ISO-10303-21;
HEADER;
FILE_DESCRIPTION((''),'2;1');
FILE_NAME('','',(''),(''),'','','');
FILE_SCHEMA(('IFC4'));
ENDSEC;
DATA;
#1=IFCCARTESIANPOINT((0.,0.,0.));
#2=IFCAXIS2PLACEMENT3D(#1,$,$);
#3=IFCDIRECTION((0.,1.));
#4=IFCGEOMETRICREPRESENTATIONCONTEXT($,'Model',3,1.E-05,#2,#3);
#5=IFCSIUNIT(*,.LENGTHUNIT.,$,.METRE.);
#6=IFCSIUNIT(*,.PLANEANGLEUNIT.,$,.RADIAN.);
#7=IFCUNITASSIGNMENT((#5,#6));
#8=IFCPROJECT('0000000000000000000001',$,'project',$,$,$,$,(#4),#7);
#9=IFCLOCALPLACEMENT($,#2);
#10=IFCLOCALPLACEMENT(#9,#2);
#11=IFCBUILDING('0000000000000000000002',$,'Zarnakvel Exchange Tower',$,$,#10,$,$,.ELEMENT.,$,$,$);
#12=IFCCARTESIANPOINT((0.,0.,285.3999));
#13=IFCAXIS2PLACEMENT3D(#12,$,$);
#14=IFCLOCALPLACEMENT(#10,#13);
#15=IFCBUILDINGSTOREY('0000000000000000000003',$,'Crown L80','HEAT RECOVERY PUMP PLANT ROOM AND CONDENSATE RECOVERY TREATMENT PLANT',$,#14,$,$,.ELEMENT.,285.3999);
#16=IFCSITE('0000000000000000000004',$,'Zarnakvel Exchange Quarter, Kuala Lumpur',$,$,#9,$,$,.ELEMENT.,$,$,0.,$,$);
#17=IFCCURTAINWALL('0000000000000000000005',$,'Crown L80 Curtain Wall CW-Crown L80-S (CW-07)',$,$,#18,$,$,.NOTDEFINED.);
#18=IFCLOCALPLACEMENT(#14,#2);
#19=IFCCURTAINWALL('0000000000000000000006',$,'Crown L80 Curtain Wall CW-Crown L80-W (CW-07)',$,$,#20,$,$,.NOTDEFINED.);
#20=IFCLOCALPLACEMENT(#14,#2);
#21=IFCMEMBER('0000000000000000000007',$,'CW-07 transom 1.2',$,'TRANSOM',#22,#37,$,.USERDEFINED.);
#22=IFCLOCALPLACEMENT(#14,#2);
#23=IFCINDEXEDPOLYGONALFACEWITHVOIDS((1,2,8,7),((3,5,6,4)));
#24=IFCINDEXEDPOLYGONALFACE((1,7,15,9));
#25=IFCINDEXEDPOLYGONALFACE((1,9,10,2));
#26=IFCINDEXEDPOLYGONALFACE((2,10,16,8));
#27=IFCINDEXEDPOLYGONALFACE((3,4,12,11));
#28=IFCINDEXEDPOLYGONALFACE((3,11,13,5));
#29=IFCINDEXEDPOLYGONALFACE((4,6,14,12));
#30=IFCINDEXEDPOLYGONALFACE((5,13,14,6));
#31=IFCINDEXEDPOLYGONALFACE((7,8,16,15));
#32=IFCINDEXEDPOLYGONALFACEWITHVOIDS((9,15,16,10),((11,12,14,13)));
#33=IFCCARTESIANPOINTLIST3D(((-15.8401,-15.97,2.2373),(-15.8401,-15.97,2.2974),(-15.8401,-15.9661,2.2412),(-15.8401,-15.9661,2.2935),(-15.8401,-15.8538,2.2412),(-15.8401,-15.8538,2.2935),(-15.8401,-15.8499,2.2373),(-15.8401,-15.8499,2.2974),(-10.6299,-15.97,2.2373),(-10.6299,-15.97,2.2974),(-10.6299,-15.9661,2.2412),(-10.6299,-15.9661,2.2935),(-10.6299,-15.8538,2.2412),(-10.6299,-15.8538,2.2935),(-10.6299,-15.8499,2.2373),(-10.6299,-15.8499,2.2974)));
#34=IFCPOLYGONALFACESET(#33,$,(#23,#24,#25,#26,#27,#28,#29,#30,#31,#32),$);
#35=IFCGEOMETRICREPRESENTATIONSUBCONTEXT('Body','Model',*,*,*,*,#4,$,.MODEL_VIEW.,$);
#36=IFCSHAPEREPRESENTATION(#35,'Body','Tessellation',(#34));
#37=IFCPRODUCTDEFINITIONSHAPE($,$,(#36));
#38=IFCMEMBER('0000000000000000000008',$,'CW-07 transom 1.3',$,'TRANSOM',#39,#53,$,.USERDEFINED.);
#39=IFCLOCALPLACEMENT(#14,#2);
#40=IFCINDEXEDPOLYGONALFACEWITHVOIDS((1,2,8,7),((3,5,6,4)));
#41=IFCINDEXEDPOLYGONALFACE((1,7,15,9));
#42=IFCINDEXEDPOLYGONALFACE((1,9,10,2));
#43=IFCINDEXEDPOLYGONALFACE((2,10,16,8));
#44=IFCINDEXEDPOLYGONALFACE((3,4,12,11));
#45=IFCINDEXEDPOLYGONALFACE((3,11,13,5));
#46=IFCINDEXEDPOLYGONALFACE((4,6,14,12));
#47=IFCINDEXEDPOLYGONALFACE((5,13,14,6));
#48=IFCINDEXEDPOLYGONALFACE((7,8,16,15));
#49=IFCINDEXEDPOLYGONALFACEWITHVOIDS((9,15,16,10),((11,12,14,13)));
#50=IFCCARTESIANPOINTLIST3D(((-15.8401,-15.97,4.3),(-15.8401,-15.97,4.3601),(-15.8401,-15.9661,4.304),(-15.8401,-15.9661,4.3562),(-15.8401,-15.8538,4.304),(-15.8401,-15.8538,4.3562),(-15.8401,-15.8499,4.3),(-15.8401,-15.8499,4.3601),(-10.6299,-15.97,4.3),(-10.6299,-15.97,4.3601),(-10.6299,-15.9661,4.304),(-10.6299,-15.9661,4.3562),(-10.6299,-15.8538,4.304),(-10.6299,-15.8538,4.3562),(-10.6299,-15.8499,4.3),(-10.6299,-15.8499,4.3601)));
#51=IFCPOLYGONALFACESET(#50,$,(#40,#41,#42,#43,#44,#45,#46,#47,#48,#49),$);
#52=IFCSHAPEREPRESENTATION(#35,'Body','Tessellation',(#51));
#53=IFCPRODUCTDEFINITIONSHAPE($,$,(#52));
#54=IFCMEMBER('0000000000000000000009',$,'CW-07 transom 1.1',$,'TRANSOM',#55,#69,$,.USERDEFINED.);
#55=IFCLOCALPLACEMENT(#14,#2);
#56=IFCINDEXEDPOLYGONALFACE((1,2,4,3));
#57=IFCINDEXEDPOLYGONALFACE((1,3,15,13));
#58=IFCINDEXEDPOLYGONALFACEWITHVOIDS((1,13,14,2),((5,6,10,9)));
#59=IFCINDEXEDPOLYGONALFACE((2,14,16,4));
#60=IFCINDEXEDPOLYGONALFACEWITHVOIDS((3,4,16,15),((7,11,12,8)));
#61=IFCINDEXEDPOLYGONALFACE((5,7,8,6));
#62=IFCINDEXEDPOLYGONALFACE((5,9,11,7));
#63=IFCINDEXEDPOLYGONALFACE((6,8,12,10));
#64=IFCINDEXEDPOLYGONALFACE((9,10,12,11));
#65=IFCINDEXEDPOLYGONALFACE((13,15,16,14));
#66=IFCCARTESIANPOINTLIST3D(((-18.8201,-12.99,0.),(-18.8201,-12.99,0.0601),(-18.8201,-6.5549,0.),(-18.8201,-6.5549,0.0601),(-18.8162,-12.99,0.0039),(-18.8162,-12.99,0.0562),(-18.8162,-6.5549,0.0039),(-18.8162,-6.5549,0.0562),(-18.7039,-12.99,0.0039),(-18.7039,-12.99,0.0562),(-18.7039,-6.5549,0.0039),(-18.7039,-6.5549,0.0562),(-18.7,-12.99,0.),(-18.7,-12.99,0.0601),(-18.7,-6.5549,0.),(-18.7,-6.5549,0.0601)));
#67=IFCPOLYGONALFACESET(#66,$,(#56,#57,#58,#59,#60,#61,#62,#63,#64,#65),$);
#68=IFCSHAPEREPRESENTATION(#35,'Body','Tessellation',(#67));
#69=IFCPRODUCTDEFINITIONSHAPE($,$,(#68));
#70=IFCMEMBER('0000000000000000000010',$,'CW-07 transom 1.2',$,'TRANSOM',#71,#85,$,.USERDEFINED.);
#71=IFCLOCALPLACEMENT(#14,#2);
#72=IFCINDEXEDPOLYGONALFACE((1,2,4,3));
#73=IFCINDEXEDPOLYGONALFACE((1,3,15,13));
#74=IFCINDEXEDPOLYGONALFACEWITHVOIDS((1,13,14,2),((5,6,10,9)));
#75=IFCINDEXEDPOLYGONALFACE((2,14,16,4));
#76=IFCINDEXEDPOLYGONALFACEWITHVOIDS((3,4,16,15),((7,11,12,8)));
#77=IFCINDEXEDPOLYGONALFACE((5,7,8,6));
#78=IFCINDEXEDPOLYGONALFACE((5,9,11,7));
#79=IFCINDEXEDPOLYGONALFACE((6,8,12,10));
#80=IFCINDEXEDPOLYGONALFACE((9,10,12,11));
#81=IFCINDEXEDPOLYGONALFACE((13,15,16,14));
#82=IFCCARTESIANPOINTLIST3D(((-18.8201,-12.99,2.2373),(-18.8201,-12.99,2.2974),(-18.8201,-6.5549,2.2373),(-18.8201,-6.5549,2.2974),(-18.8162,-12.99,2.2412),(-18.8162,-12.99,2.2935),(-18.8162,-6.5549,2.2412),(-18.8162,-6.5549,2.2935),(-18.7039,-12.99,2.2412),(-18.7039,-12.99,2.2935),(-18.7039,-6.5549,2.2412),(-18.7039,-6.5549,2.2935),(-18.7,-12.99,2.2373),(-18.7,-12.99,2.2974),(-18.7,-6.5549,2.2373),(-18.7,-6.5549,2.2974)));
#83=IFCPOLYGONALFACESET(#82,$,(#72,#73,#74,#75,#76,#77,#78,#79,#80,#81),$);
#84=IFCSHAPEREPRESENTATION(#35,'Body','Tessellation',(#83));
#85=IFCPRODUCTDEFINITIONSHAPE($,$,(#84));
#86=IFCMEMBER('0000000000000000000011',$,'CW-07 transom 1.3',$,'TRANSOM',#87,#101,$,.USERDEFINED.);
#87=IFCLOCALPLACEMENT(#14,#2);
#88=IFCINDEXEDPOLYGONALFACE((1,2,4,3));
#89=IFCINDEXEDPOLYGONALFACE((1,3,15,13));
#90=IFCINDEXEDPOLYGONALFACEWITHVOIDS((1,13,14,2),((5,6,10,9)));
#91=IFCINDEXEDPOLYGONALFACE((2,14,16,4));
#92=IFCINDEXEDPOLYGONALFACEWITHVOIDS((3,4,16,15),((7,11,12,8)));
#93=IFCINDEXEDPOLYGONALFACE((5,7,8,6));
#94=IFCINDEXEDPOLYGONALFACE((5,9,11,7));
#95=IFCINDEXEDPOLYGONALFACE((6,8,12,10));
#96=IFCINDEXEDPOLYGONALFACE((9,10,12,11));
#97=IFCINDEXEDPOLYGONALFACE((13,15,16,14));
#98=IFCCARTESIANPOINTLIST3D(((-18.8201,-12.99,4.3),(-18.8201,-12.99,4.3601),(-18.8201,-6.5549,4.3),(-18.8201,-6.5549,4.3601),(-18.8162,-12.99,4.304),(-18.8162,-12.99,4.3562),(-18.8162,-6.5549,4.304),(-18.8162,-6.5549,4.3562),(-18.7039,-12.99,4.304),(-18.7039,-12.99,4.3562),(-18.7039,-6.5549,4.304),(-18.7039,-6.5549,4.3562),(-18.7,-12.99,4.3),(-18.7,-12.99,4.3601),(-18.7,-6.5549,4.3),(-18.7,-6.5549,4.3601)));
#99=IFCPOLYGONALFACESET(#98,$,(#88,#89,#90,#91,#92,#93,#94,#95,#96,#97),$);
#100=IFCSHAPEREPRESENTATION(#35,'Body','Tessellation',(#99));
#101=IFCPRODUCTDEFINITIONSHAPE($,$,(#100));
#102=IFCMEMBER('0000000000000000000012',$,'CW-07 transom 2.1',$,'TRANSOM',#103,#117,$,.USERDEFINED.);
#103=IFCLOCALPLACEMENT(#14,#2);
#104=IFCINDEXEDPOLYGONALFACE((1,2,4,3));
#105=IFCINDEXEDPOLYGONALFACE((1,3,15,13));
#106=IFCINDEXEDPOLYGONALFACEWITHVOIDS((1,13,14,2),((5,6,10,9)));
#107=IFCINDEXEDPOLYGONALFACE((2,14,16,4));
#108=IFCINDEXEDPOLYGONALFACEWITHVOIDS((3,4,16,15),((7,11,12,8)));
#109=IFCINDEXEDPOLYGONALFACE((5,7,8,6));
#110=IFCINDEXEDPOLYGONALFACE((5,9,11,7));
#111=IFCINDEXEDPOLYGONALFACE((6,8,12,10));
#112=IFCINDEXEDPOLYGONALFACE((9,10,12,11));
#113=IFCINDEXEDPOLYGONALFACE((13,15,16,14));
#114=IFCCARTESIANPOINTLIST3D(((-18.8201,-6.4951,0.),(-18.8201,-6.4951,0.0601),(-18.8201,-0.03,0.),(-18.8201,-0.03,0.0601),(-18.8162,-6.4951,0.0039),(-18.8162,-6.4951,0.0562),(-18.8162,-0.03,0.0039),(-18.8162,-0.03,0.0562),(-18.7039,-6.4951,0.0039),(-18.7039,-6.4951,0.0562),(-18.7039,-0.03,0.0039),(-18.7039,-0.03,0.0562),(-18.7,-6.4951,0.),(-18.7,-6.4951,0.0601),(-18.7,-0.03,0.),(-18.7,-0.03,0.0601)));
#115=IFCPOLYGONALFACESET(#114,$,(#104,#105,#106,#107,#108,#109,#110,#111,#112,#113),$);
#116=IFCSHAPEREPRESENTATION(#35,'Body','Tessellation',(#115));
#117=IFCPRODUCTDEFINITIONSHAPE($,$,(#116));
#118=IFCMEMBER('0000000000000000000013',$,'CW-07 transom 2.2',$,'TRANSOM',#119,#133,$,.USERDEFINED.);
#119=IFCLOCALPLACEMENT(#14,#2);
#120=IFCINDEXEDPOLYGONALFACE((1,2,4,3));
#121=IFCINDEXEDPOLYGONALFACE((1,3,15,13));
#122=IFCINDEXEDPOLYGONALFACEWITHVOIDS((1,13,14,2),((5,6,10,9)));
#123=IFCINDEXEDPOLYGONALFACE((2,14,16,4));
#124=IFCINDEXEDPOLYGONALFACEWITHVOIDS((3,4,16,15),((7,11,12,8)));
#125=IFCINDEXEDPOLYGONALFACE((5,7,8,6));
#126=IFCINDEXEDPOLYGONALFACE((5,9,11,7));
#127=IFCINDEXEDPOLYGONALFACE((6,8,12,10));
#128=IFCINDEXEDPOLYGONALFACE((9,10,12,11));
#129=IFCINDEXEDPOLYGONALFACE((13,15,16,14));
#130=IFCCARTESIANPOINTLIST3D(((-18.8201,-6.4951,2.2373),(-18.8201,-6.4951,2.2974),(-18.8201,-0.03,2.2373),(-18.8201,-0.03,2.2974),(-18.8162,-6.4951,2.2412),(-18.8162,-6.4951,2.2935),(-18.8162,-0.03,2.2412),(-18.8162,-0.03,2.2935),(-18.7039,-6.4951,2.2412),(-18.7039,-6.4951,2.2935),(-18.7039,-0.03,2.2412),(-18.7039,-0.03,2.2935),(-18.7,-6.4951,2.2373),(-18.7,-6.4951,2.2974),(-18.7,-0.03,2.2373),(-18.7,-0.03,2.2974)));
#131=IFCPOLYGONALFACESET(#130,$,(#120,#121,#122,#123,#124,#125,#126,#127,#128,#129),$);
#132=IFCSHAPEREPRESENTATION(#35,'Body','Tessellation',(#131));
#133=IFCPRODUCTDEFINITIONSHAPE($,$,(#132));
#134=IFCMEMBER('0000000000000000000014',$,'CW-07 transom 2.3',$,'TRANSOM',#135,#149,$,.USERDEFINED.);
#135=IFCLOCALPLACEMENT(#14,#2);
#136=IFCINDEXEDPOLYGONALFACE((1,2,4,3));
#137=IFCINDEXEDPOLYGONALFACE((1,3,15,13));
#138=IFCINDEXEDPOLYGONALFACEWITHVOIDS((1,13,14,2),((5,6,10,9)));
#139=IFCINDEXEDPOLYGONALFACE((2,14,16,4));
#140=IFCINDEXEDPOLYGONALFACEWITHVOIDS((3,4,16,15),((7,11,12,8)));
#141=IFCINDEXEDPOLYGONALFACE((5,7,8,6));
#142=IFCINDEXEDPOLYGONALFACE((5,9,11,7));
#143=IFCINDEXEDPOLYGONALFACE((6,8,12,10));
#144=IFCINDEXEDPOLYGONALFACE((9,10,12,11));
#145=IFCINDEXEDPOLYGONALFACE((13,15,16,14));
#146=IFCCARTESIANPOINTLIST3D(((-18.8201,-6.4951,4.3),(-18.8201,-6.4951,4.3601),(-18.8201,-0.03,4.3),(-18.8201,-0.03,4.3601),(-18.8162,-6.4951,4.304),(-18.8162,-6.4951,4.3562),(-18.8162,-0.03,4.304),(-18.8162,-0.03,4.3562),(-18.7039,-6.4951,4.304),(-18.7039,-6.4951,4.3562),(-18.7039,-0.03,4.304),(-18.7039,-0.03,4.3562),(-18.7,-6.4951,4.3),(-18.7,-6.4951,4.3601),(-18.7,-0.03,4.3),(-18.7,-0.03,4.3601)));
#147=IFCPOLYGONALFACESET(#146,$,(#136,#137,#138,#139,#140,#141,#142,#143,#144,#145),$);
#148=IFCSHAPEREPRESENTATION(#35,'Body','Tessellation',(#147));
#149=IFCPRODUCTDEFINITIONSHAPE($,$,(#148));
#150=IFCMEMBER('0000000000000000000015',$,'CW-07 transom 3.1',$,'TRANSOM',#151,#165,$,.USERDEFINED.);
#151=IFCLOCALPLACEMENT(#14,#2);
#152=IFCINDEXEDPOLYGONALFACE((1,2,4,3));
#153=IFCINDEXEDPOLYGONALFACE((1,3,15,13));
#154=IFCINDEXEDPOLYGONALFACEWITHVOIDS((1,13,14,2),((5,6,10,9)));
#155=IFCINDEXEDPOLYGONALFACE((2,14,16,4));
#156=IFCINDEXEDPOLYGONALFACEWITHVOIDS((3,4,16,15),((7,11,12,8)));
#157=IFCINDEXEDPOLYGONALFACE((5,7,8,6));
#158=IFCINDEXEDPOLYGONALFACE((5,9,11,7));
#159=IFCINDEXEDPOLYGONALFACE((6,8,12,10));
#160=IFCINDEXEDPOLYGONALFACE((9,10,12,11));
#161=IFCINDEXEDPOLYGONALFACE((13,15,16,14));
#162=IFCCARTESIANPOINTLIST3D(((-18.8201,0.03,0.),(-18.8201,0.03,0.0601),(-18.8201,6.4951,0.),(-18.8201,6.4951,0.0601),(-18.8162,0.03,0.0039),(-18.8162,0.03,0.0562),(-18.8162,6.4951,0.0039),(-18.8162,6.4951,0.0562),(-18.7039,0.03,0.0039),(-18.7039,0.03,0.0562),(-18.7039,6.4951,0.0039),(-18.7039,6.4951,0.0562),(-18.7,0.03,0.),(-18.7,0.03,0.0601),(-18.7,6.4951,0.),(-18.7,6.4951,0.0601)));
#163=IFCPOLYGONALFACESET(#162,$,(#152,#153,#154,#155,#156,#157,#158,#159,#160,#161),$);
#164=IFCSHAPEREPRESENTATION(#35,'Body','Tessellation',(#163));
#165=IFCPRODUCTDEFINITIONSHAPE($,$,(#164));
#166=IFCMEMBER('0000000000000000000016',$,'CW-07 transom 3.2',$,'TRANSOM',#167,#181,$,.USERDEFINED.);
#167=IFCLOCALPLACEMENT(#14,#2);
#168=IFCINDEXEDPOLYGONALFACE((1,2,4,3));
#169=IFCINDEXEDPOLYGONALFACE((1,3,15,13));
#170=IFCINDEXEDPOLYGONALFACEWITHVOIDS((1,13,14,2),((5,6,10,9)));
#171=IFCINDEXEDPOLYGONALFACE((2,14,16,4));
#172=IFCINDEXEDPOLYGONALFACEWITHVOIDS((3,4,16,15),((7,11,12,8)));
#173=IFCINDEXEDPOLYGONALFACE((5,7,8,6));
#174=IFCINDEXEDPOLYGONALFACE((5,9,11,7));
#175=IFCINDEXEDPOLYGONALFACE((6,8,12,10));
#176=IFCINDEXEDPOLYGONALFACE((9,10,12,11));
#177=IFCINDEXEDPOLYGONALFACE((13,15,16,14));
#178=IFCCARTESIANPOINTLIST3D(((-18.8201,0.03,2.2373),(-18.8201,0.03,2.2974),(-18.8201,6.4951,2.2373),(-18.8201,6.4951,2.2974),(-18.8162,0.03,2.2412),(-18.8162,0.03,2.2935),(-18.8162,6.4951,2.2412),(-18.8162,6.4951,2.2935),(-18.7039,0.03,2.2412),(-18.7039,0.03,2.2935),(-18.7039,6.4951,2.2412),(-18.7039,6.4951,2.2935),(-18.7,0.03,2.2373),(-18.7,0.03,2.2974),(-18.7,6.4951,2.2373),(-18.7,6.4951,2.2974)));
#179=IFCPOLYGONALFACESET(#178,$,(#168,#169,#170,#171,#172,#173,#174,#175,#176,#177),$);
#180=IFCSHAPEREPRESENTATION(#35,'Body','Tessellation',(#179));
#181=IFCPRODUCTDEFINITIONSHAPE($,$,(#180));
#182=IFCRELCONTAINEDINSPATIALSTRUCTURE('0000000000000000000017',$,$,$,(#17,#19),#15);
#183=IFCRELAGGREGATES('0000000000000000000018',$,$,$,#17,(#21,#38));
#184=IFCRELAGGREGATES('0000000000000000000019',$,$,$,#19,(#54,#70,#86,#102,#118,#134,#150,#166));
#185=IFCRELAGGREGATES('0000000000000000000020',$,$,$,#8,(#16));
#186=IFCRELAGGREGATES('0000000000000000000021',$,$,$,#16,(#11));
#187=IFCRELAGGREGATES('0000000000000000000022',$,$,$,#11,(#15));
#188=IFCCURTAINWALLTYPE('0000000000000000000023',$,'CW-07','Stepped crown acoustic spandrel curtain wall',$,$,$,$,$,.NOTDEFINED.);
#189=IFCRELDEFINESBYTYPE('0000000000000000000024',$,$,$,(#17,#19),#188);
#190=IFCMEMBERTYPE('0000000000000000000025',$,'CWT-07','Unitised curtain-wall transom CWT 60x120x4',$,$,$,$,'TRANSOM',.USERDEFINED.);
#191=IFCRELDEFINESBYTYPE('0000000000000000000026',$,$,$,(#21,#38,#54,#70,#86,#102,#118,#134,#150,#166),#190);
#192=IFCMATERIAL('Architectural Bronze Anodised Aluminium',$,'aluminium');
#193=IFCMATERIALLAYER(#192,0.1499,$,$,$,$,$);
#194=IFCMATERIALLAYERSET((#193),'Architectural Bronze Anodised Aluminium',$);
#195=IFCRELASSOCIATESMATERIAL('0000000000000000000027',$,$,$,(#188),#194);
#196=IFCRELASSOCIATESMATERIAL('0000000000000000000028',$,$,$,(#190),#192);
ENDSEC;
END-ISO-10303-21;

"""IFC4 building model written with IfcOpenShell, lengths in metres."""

from ifc_helpers import new_model, si_unit, direction, frame, origin, origin_2d, place, context, subcontext, project, spatial, hollow_rectangle, extrude, source, transform, mapped, material, layer, layer_set, material_profile, profile_set, type_object, element, aggregate, save


model = new_model("IFC4")

# Units and contexts
model_context = context("Model", 3, precision=1e-05, world=origin(), true_north=direction((0.0, 1.0)))
body_context = subcontext(model_context, "Body", "Model", "MODEL_VIEW")
ifc_project = project(units=[si_unit("LENGTHUNIT", "METRE"), si_unit("PLANEANGLEUNIT", "RADIAN")], contexts=[model_context])

# Site, building, storey
site_placement = place(None, origin())
site = spatial("IfcSite", under=ifc_project, at=site_placement, Name="Zarnakvel Exchange Quarter, Kuala Lumpur", CompositionType="ELEMENT", RefElevation=0.0)
building_placement = place(site_placement, origin())
building = spatial("IfcBuilding", under=site, at=building_placement, Name="Zarnakvel Exchange Tower", CompositionType="ELEMENT")
storey_placement = place(building_placement, frame((0.0, 0.0, 285.3999)))
storey = spatial("IfcBuildingStorey", under=building, at=storey_placement, Name="Crown L80", Description="HEAT RECOVERY PUMP PLANT ROOM AND CONDENSATE RECOVERY TREATMENT PLANT", CompositionType="ELEMENT", Elevation=285.3999)

# Curtain wall
ifc_material_1 = material(Name="Architectural Bronze Anodised Aluminium", Category="aluminium")
ifc_layer_1 = layer(ifc_material_1, 0.1499)
ifc_layer_set_1 = layer_set([ifc_layer_1], Name="Architectural Bronze Anodised Aluminium")
curtain_wall_type = type_object("IfcCurtainWallType", Name="CW-07", Description="Stepped crown acoustic spandrel curtain wall", PredefinedType="NOTDEFINED", material=ifc_layer_set_1)
curtain_wall_1_placement = place(storey_placement, origin())
curtain_wall_1 = element("IfcCurtainWall", 1, at=curtain_wall_1_placement, inside=storey, type_object=curtain_wall_type, Name="Crown L80 Curtain Wall CW-Crown L80-S (CW-07)", PredefinedType="NOTDEFINED")

# Curtain wall
curtain_wall_2_placement = place(storey_placement, origin())
curtain_wall_2 = element("IfcCurtainWall", 2, at=curtain_wall_2_placement, inside=storey, type_object=curtain_wall_type, Name="Crown L80 Curtain Wall CW-Crown L80-W (CW-07)", PredefinedType="NOTDEFINED")

# Members
ifc_material_profile_1 = material_profile(ifc_material_1, hollow_rectangle(XDim=0.1201, YDim=0.0601, WallThickness=0.0039, at=origin_2d()))
ifc_profile_set_1 = profile_set([ifc_material_profile_1], Name="Architectural Bronze Anodised Aluminium")
member_type_1 = type_object("IfcMemberType", Name="CWT-07", Description="Unitised curtain-wall transom CWT 60x120x4", ElementType="TRANSOM", PredefinedType="USERDEFINED", material=ifc_profile_set_1)
shared_shape_1 = source(origin(), body_context, "Body", "SweptSolid", [
    extrude(hollow_rectangle(XDim=0.1201, YDim=0.0601, WallThickness=0.0039, at=origin_2d()), origin(), (0.0, 0.0, 1.0), 5.2102),
])
member_1_placement = place(storey_placement, frame((-15.8401, -15.9099, 2.2673), z_axis=(1.0, 0.0, 0.0), x_axis=(0.0, 1.0, 0.0)))
member_1 = element("IfcMember", 3, at=member_1_placement, type_object=member_type_1, Name="CW-07 transom 1.2", ObjectType="TRANSOM", PredefinedType="USERDEFINED", context=body_context, shape_type="MappedRepresentation", body=[
    mapped(shared_shape_1, transform((0.0, 0.0, 0.0), x_axis=(1.0, 0.0, 0.0), y_axis=(0.0, 1.0, 0.0), z_axis=(0.0, 0.0, 1.0), scale=1.0)),
])
member_2_placement = place(storey_placement, frame((-15.8401, -15.9099, 4.3301), z_axis=(1.0, 0.0, 0.0), x_axis=(0.0, 1.0, 0.0)))
member_2 = element("IfcMember", 4, at=member_2_placement, type_object=member_type_1, Name="CW-07 transom 1.3", ObjectType="TRANSOM", PredefinedType="USERDEFINED", context=body_context, shape_type="MappedRepresentation", body=[
    mapped(shared_shape_1, transform((0.0, 0.0, 0.0), x_axis=(1.0, 0.0, 0.0), y_axis=(0.0, 1.0, 0.0), z_axis=(0.0, 0.0, 1.0), scale=1.0)),
])
aggregate(curtain_wall_1, [member_1, member_2])
shared_shape_2 = source(origin(), body_context, "Body", "SweptSolid", [
    extrude(hollow_rectangle(XDim=0.1201, YDim=0.0601, WallThickness=0.0039, at=origin_2d()), origin(), (0.0, 0.0, 1.0), 6.4351),
])
member_3_placement = place(storey_placement, frame((-18.76, -12.99, 0.03), z_axis=(0.0, 1.0, 0.0), x_axis=(-1.0, 0.0, 0.0)))
member_3 = element("IfcMember", 5, at=member_3_placement, type_object=member_type_1, Name="CW-07 transom 1.1", ObjectType="TRANSOM", PredefinedType="USERDEFINED", context=body_context, shape_type="MappedRepresentation", body=[
    mapped(shared_shape_2, transform((0.0, 0.0, 0.0), x_axis=(1.0, 0.0, 0.0), y_axis=(0.0, 1.0, 0.0), z_axis=(0.0, 0.0, 1.0), scale=1.0)),
])
member_4_placement = place(storey_placement, frame((-18.76, -12.99, 2.2673), z_axis=(0.0, 1.0, 0.0), x_axis=(-1.0, 0.0, 0.0)))
member_4 = element("IfcMember", 6, at=member_4_placement, type_object=member_type_1, Name="CW-07 transom 1.2", ObjectType="TRANSOM", PredefinedType="USERDEFINED", context=body_context, shape_type="MappedRepresentation", body=[
    mapped(shared_shape_2, transform((0.0, 0.0, 0.0), x_axis=(1.0, 0.0, 0.0), y_axis=(0.0, 1.0, 0.0), z_axis=(0.0, 0.0, 1.0), scale=1.0)),
])
member_5_placement = place(storey_placement, frame((-18.76, -12.99, 4.3301), z_axis=(0.0, 1.0, 0.0), x_axis=(-1.0, 0.0, 0.0)))
member_5 = element("IfcMember", 7, at=member_5_placement, type_object=member_type_1, Name="CW-07 transom 1.3", ObjectType="TRANSOM", PredefinedType="USERDEFINED", context=body_context, shape_type="MappedRepresentation", body=[
    mapped(shared_shape_2, transform((0.0, 0.0, 0.0), x_axis=(1.0, 0.0, 0.0), y_axis=(0.0, 1.0, 0.0), z_axis=(0.0, 0.0, 1.0), scale=1.0)),
])
shared_shape_3 = source(origin(), body_context, "Body", "SweptSolid", [
    extrude(hollow_rectangle(XDim=0.1201, YDim=0.0601, WallThickness=0.0039, at=origin_2d()), origin(), (0.0, 0.0, 1.0), 6.4651),
])
member_6_placement = place(storey_placement, frame((-18.76, -6.4951, 0.03), z_axis=(0.0, 1.0, 0.0), x_axis=(-1.0, 0.0, 0.0)))
member_6 = element("IfcMember", 8, at=member_6_placement, type_object=member_type_1, Name="CW-07 transom 2.1", ObjectType="TRANSOM", PredefinedType="USERDEFINED", context=body_context, shape_type="MappedRepresentation", body=[
    mapped(shared_shape_3, transform((0.0, 0.0, 0.0), x_axis=(1.0, 0.0, 0.0), y_axis=(0.0, 1.0, 0.0), z_axis=(0.0, 0.0, 1.0), scale=1.0)),
])
member_7_placement = place(storey_placement, frame((-18.76, -6.4951, 2.2673), z_axis=(0.0, 1.0, 0.0), x_axis=(-1.0, 0.0, 0.0)))
member_7 = element("IfcMember", 9, at=member_7_placement, type_object=member_type_1, Name="CW-07 transom 2.2", ObjectType="TRANSOM", PredefinedType="USERDEFINED", context=body_context, shape_type="MappedRepresentation", body=[
    mapped(shared_shape_3, transform((0.0, 0.0, 0.0), x_axis=(1.0, 0.0, 0.0), y_axis=(0.0, 1.0, 0.0), z_axis=(0.0, 0.0, 1.0), scale=1.0)),
])
member_8_placement = place(storey_placement, frame((-18.76, -6.4951, 4.3301), z_axis=(0.0, 1.0, 0.0), x_axis=(-1.0, 0.0, 0.0)))
member_8 = element("IfcMember", 10, at=member_8_placement, type_object=member_type_1, Name="CW-07 transom 2.3", ObjectType="TRANSOM", PredefinedType="USERDEFINED", context=body_context, shape_type="MappedRepresentation", body=[
    mapped(shared_shape_3, transform((0.0, 0.0, 0.0), x_axis=(1.0, 0.0, 0.0), y_axis=(0.0, 1.0, 0.0), z_axis=(0.0, 0.0, 1.0), scale=1.0)),
])
member_9_placement = place(storey_placement, frame((-18.76, 0.03, 0.03), z_axis=(0.0, 1.0, 0.0), x_axis=(-1.0, 0.0, 0.0)))
member_9 = element("IfcMember", 11, at=member_9_placement, type_object=member_type_1, Name="CW-07 transom 3.1", ObjectType="TRANSOM", PredefinedType="USERDEFINED", context=body_context, shape_type="MappedRepresentation", body=[
    mapped(shared_shape_3, transform((0.0, 0.0, 0.0), x_axis=(1.0, 0.0, 0.0), y_axis=(0.0, 1.0, 0.0), z_axis=(0.0, 0.0, 1.0), scale=1.0)),
])
member_10_placement = place(storey_placement, frame((-18.76, 0.03, 2.2673), z_axis=(0.0, 1.0, 0.0), x_axis=(-1.0, 0.0, 0.0)))
member_10 = element("IfcMember", 12, at=member_10_placement, type_object=member_type_1, Name="CW-07 transom 3.2", ObjectType="TRANSOM", PredefinedType="USERDEFINED", context=body_context, shape_type="MappedRepresentation", body=[
    mapped(shared_shape_3, transform((0.0, 0.0, 0.0), x_axis=(1.0, 0.0, 0.0), y_axis=(0.0, 1.0, 0.0), z_axis=(0.0, 0.0, 1.0), scale=1.0)),
])

aggregate(curtain_wall_2, [member_3, member_4, member_5, member_6, member_7, member_8, member_9, member_10])

save(model, "model.ifc")
